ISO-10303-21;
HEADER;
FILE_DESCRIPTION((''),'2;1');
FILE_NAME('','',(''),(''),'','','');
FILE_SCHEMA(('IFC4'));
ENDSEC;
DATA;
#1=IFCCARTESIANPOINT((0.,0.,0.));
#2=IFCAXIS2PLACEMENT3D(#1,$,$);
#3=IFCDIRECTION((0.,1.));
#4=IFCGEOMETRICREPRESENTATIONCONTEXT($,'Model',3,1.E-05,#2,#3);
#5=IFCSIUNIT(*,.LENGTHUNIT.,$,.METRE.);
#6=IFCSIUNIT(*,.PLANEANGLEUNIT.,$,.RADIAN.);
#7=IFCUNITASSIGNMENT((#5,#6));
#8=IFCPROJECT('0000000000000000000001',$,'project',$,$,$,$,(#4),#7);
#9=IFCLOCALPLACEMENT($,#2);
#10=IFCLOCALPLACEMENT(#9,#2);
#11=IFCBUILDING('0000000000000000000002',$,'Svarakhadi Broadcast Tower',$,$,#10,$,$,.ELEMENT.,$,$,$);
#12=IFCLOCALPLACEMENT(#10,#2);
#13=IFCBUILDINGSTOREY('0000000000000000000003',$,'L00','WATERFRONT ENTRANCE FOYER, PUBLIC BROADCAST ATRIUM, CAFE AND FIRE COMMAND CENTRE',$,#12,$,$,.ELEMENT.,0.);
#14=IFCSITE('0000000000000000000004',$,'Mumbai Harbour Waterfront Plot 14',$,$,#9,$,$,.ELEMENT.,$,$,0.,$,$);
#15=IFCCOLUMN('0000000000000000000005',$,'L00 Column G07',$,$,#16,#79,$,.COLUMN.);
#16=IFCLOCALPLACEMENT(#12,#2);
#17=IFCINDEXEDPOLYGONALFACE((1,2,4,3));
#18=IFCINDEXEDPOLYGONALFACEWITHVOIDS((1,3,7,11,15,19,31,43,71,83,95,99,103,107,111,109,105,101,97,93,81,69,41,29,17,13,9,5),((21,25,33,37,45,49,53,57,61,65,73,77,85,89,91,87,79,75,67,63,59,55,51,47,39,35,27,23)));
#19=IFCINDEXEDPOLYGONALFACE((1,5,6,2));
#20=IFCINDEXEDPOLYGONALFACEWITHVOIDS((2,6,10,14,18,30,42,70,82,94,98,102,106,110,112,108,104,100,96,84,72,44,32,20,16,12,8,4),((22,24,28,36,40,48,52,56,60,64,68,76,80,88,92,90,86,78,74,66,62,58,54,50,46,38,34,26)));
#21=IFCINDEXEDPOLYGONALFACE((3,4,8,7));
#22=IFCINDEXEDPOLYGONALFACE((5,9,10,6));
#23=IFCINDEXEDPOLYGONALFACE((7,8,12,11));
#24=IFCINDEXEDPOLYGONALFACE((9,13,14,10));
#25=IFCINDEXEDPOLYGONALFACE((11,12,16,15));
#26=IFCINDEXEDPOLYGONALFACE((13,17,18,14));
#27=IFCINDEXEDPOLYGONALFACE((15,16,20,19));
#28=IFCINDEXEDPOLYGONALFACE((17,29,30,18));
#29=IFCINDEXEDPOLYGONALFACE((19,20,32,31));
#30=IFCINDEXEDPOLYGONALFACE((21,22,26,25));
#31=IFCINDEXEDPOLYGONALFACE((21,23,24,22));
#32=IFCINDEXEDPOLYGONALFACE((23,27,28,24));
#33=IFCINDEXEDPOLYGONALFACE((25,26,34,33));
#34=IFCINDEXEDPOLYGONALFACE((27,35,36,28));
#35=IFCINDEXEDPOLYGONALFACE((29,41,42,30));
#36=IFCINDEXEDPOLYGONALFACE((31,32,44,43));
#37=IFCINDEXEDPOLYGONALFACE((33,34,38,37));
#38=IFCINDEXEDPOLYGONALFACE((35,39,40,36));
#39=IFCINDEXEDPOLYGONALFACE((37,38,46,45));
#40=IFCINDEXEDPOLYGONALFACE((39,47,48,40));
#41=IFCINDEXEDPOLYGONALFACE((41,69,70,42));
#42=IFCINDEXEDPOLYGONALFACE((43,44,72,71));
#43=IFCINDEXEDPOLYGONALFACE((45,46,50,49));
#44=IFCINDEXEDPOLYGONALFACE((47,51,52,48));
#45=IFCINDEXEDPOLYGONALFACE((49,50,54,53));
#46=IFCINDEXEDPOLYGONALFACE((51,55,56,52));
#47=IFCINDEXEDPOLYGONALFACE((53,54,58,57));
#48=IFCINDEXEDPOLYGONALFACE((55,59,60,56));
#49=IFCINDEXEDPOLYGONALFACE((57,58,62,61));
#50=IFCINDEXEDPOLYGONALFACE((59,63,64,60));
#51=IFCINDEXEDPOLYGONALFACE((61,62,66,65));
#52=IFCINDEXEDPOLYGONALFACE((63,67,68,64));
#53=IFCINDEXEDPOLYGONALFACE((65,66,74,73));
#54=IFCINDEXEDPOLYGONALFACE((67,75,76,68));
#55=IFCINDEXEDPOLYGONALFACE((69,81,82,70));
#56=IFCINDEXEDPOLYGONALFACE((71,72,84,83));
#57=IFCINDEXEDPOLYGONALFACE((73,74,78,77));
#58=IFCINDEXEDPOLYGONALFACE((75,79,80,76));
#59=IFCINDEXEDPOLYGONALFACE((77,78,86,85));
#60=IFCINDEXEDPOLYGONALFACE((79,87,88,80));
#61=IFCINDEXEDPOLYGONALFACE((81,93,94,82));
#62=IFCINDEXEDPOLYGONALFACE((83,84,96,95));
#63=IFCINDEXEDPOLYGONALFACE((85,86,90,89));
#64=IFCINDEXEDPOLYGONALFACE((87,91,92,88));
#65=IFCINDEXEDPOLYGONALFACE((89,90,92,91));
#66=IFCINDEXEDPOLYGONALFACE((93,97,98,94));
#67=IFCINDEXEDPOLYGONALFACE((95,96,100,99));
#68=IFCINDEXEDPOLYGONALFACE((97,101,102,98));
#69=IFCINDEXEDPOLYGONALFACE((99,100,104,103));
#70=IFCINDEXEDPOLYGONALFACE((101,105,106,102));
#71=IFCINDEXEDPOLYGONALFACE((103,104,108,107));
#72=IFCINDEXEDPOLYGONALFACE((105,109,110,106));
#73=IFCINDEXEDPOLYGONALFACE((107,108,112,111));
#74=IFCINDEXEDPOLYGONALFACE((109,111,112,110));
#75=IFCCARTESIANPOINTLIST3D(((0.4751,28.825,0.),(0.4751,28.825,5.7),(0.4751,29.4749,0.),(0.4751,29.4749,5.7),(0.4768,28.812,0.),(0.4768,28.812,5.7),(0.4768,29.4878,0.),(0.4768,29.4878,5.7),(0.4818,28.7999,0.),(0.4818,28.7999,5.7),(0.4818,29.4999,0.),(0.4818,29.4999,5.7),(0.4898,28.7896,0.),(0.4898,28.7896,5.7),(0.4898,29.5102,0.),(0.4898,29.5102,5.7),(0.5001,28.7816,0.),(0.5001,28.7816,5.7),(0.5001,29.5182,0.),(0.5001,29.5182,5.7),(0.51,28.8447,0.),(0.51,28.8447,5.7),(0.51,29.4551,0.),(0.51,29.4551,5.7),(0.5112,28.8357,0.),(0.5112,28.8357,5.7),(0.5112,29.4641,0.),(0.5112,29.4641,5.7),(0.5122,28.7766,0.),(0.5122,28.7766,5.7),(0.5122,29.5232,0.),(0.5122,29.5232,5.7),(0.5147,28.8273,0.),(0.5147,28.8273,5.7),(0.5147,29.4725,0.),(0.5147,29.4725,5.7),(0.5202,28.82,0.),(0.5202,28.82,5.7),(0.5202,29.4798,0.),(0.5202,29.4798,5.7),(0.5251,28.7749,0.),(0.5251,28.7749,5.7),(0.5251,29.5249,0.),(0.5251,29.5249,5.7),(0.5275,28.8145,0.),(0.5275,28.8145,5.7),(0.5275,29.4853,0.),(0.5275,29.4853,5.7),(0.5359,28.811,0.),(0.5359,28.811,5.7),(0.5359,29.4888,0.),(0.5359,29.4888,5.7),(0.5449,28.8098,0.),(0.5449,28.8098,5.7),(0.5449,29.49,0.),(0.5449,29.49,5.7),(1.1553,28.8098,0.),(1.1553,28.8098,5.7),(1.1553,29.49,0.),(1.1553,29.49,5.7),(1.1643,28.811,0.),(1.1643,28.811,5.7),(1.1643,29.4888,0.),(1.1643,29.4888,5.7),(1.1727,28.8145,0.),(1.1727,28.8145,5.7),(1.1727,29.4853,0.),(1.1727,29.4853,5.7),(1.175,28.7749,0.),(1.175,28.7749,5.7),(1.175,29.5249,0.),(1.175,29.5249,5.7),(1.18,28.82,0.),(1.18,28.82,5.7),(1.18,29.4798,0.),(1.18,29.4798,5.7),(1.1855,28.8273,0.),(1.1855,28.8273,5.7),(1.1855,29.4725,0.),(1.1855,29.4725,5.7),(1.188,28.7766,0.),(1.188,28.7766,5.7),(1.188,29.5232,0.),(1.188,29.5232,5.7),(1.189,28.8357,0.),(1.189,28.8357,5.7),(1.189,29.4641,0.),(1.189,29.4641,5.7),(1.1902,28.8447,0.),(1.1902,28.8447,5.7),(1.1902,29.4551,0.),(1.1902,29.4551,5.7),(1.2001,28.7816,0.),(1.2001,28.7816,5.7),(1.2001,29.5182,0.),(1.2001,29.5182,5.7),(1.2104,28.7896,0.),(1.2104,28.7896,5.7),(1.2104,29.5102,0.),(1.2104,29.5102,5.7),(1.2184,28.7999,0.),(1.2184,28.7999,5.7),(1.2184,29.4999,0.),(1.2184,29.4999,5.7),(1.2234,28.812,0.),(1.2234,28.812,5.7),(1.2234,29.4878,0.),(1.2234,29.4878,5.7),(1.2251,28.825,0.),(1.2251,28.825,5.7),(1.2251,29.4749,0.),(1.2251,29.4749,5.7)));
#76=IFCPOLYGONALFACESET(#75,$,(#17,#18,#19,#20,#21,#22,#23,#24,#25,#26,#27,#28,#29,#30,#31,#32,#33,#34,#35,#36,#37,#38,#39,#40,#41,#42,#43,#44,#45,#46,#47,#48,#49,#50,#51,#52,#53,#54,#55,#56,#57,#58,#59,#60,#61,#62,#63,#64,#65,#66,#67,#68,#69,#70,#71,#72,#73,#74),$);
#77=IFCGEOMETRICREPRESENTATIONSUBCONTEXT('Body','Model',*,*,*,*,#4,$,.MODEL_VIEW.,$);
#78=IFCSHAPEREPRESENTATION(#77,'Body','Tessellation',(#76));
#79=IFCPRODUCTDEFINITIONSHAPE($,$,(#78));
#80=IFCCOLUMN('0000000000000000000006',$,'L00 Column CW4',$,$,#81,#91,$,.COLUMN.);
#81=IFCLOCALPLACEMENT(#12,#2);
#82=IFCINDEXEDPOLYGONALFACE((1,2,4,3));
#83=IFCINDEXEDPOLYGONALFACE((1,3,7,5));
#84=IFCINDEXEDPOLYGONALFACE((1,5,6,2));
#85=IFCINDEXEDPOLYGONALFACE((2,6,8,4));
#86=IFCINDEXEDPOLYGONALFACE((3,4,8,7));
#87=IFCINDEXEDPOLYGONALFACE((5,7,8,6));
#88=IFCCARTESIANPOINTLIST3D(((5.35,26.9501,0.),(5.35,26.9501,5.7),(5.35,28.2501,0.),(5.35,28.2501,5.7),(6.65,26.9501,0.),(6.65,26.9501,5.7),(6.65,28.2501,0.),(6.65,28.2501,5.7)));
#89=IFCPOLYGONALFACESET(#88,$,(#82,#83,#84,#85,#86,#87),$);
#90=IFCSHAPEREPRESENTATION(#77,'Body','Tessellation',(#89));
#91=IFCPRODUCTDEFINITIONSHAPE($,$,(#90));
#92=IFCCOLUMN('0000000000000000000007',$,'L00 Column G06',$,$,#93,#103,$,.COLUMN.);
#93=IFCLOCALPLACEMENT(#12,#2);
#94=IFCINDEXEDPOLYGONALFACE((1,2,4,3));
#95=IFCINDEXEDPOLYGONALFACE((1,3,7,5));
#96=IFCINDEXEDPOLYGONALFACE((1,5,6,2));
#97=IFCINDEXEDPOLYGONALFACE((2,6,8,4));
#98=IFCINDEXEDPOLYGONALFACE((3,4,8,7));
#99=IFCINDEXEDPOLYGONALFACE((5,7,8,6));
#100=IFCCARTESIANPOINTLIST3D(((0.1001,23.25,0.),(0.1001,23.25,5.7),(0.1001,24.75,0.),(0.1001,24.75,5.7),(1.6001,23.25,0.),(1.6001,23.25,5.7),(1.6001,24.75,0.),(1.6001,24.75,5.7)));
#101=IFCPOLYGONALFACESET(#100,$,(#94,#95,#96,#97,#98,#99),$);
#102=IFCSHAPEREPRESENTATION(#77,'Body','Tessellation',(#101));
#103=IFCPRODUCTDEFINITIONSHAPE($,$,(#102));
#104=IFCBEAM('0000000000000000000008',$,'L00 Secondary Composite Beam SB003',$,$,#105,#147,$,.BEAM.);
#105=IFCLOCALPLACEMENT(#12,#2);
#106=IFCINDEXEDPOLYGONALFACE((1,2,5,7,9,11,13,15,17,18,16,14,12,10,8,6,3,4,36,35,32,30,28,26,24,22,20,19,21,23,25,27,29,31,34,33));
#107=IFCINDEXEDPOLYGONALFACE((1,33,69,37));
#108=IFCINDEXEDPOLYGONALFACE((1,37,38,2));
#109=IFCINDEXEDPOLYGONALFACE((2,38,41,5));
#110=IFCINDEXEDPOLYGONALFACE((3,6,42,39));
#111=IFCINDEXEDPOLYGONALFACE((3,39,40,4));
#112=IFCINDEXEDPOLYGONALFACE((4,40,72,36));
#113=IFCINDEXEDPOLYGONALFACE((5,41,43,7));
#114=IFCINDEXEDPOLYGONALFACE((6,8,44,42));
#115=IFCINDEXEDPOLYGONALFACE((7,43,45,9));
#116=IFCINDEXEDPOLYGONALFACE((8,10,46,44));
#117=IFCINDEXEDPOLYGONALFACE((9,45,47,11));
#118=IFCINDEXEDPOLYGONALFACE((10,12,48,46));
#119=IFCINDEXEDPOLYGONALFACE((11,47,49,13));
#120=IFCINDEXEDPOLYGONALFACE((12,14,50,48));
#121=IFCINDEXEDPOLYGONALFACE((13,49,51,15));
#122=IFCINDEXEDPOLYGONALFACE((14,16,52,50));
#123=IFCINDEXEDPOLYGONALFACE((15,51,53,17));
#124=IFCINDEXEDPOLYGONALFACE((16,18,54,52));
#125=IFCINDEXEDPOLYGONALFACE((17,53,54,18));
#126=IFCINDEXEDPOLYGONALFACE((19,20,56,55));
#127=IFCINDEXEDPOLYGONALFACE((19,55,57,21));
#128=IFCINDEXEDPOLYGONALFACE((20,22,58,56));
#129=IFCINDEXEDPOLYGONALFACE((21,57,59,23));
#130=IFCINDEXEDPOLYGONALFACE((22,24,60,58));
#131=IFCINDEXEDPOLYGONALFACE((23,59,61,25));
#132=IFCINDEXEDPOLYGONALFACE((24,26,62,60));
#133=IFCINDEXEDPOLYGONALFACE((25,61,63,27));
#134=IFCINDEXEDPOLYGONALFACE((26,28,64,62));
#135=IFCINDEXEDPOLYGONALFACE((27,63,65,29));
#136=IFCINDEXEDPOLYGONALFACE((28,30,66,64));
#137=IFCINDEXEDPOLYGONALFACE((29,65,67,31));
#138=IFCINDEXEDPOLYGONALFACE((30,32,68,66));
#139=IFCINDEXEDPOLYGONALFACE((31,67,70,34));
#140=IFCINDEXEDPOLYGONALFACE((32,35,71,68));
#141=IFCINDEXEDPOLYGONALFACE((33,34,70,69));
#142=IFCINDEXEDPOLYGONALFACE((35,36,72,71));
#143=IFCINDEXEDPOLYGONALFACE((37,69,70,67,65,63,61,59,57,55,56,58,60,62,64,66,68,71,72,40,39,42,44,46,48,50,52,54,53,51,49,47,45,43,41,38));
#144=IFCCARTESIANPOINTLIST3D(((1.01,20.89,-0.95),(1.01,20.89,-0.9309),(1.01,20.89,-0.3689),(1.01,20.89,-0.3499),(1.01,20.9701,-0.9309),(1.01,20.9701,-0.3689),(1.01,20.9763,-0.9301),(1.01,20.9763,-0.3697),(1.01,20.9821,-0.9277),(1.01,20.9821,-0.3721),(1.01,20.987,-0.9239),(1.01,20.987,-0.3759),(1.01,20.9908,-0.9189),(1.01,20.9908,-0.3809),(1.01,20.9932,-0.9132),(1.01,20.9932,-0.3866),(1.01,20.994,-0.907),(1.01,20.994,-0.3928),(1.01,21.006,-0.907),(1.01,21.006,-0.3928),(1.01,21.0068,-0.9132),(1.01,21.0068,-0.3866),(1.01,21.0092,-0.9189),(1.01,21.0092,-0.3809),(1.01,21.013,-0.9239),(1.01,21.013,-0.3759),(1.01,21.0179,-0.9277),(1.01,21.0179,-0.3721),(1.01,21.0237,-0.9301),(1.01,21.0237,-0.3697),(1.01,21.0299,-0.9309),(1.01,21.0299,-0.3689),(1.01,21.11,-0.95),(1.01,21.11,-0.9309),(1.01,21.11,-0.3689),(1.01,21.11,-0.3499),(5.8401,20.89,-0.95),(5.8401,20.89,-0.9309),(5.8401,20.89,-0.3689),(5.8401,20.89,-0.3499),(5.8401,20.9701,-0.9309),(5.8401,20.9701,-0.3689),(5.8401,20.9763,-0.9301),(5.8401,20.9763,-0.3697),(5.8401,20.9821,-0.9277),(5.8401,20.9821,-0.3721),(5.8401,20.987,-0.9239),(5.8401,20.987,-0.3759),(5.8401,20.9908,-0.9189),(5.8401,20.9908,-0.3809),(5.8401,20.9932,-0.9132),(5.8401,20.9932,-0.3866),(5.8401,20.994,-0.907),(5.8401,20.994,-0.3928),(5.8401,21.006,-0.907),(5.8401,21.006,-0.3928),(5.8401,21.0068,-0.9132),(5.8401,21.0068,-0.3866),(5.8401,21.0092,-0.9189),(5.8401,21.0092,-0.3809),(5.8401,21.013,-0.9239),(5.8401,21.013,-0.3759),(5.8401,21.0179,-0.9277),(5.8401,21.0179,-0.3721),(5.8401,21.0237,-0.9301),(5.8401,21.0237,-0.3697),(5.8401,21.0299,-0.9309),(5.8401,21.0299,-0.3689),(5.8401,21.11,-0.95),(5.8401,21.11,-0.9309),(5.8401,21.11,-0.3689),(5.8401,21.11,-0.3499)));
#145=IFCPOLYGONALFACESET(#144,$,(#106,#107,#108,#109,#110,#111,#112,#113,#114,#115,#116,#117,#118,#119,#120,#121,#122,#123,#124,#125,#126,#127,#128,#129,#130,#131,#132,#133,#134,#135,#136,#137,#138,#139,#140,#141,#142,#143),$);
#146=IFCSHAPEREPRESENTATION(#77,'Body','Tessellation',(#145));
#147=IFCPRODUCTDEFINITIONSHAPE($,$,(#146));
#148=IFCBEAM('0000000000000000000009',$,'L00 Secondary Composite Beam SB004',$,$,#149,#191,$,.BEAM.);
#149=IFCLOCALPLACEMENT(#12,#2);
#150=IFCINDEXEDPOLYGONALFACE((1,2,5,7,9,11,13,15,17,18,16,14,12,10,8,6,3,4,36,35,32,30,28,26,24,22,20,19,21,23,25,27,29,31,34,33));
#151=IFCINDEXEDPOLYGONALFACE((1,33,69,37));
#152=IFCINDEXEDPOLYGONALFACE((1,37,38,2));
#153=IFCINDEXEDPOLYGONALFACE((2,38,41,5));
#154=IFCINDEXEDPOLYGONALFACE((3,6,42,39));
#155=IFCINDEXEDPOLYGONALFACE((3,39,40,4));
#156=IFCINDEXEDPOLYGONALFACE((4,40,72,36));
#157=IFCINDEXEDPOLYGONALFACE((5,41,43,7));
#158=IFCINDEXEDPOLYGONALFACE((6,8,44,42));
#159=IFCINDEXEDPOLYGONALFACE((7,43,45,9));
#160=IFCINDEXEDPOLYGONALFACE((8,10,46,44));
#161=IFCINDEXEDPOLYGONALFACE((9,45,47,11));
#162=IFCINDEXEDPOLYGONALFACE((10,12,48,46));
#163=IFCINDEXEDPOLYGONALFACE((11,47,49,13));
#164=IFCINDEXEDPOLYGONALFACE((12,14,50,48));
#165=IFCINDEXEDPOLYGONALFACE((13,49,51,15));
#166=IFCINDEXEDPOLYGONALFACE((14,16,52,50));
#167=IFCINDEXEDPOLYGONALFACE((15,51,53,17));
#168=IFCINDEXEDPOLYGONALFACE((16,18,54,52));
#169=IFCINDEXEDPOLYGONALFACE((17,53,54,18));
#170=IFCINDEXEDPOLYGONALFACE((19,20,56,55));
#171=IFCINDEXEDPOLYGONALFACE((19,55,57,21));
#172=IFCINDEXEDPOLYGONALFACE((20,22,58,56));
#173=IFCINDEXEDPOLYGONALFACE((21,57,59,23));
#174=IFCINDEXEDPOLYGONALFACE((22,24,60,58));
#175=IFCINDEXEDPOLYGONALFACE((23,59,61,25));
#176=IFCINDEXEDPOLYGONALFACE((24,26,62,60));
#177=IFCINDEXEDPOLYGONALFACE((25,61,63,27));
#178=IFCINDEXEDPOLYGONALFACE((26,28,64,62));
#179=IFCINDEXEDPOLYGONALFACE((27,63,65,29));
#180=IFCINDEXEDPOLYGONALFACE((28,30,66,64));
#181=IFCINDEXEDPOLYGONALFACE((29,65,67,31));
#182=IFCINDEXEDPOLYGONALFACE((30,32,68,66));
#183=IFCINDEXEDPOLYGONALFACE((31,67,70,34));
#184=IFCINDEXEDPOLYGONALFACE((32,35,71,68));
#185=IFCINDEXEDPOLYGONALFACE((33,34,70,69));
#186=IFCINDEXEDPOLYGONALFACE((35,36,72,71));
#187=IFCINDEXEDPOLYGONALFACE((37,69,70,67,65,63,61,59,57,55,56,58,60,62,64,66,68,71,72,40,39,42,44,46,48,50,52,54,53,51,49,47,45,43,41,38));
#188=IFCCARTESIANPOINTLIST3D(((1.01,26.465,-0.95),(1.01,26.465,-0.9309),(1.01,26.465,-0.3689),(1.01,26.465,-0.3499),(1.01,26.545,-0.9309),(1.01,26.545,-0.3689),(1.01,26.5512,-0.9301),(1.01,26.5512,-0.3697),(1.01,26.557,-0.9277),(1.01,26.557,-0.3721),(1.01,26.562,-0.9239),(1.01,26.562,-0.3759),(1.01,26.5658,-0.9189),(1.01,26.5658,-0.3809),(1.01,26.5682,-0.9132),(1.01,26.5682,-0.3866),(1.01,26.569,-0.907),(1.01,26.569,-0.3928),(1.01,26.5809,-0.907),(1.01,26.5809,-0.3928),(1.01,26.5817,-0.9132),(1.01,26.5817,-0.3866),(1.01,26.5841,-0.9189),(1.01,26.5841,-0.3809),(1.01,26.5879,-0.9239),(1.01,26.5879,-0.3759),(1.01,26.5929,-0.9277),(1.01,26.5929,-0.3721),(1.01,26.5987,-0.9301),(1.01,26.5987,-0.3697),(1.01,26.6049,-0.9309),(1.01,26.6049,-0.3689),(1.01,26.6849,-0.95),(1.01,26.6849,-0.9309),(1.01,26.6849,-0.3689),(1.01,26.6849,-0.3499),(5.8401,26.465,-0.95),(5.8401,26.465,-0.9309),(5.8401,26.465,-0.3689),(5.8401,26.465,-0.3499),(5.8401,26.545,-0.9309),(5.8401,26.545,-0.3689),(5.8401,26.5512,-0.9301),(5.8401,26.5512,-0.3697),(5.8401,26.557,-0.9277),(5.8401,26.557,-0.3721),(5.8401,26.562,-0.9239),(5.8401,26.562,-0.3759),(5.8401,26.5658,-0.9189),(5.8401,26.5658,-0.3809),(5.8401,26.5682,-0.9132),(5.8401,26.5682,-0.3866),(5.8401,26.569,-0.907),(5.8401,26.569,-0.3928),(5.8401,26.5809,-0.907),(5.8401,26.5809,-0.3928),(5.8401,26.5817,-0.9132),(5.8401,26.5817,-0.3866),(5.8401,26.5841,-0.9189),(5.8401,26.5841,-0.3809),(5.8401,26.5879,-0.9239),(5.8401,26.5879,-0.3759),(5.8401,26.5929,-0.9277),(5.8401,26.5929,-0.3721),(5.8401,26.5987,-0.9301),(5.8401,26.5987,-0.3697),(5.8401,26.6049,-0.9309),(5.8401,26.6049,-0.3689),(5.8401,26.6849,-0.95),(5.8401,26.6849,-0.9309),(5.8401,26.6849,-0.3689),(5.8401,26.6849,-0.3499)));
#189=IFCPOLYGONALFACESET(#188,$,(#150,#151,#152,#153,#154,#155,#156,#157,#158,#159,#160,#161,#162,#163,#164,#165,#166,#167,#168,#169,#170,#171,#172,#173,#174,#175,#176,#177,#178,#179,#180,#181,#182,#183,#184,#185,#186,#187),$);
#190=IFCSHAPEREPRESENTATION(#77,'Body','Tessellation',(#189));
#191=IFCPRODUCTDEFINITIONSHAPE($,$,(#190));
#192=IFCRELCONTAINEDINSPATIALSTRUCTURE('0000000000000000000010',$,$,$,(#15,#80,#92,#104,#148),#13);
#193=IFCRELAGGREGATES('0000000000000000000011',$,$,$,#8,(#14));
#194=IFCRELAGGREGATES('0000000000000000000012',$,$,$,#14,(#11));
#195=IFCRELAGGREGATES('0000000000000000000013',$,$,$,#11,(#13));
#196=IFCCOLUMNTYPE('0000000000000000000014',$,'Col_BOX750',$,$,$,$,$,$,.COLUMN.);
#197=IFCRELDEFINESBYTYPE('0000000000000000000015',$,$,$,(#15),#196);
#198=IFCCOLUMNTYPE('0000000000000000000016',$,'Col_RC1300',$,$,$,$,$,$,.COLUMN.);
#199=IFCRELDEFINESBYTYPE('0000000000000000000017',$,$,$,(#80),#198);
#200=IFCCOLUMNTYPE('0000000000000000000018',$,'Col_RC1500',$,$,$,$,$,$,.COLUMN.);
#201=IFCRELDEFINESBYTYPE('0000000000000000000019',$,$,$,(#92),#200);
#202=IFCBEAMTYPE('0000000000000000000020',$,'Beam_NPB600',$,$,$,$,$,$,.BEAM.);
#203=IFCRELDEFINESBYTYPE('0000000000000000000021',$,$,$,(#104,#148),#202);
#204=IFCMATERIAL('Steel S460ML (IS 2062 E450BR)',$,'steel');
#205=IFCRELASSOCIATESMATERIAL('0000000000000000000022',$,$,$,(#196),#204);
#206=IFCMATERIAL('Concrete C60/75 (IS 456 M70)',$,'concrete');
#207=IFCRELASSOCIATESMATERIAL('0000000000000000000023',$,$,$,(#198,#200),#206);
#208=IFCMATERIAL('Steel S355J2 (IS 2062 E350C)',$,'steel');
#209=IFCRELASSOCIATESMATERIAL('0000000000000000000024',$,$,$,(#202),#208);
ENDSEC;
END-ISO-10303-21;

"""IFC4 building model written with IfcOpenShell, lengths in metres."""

from ifc_helpers import new_model, si_unit, direction, frame, origin, origin_2d, place, context, subcontext, project, spatial, rectangle, hollow_rectangle, i_section, extrude, material, material_profile, profile_set, type_object, element, save


model = new_model("IFC4")

# Units and contexts
model_context = context("Model", 3, precision=1e-05, world=origin(), true_north=direction((0.0, 1.0)))
body_context = subcontext(model_context, "Body", "Model", "MODEL_VIEW")
ifc_project = project(units=[si_unit("LENGTHUNIT", "METRE"), si_unit("PLANEANGLEUNIT", "RADIAN")], contexts=[model_context])

# Site, building, storey
site_placement = place(None, origin())
site = spatial("IfcSite", under=ifc_project, at=site_placement, Name="Mumbai Harbour Waterfront Plot 14", CompositionType="ELEMENT", RefElevation=0.0)
building_placement = place(site_placement, origin())
building = spatial("IfcBuilding", under=site, at=building_placement, Name="Svarakhadi Broadcast Tower", CompositionType="ELEMENT")
storey_placement = place(building_placement, origin())
storey = spatial("IfcBuildingStorey", under=building, at=storey_placement, Name="L00", Description="WATERFRONT ENTRANCE FOYER, PUBLIC BROADCAST ATRIUM, CAFE AND FIRE COMMAND CENTRE", CompositionType="ELEMENT", Elevation=0.0)

# Columns
ifc_material_1 = material(Name="Steel S460ML (IS 2062 E450BR)", Category="steel")
ifc_material_profile_1 = material_profile(ifc_material_1, hollow_rectangle(XDim=0.75, YDim=0.75, WallThickness=0.0349, InnerFilletRadius=0.0349, OuterFilletRadius=0.05, at=origin_2d()), Name="BOX 750x750x35")
ifc_profile_set_1 = profile_set([ifc_material_profile_1], Name="Steel S460ML (IS 2062 E450BR)")
column_type_1 = type_object("IfcColumnType", Name="Col_BOX750", PredefinedType="COLUMN", material=ifc_profile_set_1)
column_1_placement = place(storey_placement, frame((0.8501, 29.1499, 0.0), z_axis=(0.0, 0.0, 1.0), x_axis=(1.0, 0.0, 0.0)))
element("IfcColumn", 1, at=column_1_placement, inside=storey, type_object=column_type_1, Name="L00 Column G07", PredefinedType="COLUMN", context=body_context, shape_type="SweptSolid", body=[
    extrude(hollow_rectangle(XDim=0.75, YDim=0.75, WallThickness=0.0349, InnerFilletRadius=0.0349, OuterFilletRadius=0.05, at=origin_2d()), origin(), (0.0, 0.0, 1.0), 5.7),
])
ifc_material_2 = material(Name="Concrete C60/75 (IS 456 M70)", Category="concrete")
ifc_material_profile_2 = material_profile(ifc_material_2, rectangle(XDim=1.3, YDim=1.3, at=origin_2d()), Name="RC 1300x1300")
ifc_profile_set_2 = profile_set([ifc_material_profile_2], Name="Concrete C60/75 (IS 456 M70)")
column_type_2 = type_object("IfcColumnType", Name="Col_RC1300", PredefinedType="COLUMN", material=ifc_profile_set_2)
column_2_placement = place(storey_placement, frame((6.0, 27.6001, 0.0), z_axis=(0.0, 0.0, 1.0), x_axis=(1.0, 0.0, 0.0)))
element("IfcColumn", 2, at=column_2_placement, inside=storey, type_object=column_type_2, Name="L00 Column CW4", PredefinedType="COLUMN", context=body_context, shape_type="SweptSolid", body=[
    extrude(rectangle(XDim=1.3, YDim=1.3, at=origin_2d()), origin(), (0.0, 0.0, 1.0), 5.7),
])
ifc_material_profile_3 = material_profile(ifc_material_2, rectangle(XDim=1.5, YDim=1.5, at=origin_2d()), Name="RC 1500x1500")
ifc_profile_set_3 = profile_set([ifc_material_profile_3], Name="Concrete C60/75 (IS 456 M70)")
column_type_3 = type_object("IfcColumnType", Name="Col_RC1500", PredefinedType="COLUMN", material=ifc_profile_set_3)
column_3_placement = place(storey_placement, frame((0.8501, 24.0, 0.0), z_axis=(0.0, 0.0, 1.0), x_axis=(1.0, 0.0, 0.0)))
element("IfcColumn", 3, at=column_3_placement, inside=storey, type_object=column_type_3, Name="L00 Column G06", PredefinedType="COLUMN", context=body_context, shape_type="SweptSolid", body=[
    extrude(rectangle(XDim=1.5, YDim=1.5, at=origin_2d()), origin(), (0.0, 0.0, 1.0), 5.7),
])

# Beams
ifc_material_3 = material(Name="Steel S355J2 (IS 2062 E350C)", Category="steel")
ifc_material_profile_4 = material_profile(ifc_material_3, i_section(OverallWidth=0.22, OverallDepth=0.6001, WebThickness=0.012, FlangeThickness=0.019, FilletRadius=0.0239, at=origin_2d()), Name="NPB 600x220x122")
ifc_profile_set_4 = profile_set([ifc_material_profile_4], Name="Steel S355J2 (IS 2062 E350C)")
beam_type_1 = type_object("IfcBeamType", Name="Beam_NPB600", PredefinedType="BEAM", material=ifc_profile_set_4)
for number, where, z_axis, x_axis, name in (
    (4, (1.01, 21.0, -0.6499), (1.0, 0.0, 0.0), (0.0, 1.0, 0.0), "L00 Secondary Composite Beam SB003"),
    (5, (1.01, 26.575, -0.6499), (1.0, 0.0, 0.0), (0.0, 1.0, 0.0), "L00 Secondary Composite Beam SB004"),
):
    element("IfcBeam", number, at=place(storey_placement, frame(where, z_axis=z_axis, x_axis=x_axis)), inside=storey, type_object=beam_type_1, Name=name, PredefinedType="BEAM", context=body_context, shape_type="SweptSolid", body=[
        extrude(i_section(OverallWidth=0.22, OverallDepth=0.6001, WebThickness=0.012, FlangeThickness=0.019, FilletRadius=0.0239, at=origin_2d()), origin(), (0.0, 0.0, 1.0), 4.8301),
    ])

save(model, "model.ifc")
